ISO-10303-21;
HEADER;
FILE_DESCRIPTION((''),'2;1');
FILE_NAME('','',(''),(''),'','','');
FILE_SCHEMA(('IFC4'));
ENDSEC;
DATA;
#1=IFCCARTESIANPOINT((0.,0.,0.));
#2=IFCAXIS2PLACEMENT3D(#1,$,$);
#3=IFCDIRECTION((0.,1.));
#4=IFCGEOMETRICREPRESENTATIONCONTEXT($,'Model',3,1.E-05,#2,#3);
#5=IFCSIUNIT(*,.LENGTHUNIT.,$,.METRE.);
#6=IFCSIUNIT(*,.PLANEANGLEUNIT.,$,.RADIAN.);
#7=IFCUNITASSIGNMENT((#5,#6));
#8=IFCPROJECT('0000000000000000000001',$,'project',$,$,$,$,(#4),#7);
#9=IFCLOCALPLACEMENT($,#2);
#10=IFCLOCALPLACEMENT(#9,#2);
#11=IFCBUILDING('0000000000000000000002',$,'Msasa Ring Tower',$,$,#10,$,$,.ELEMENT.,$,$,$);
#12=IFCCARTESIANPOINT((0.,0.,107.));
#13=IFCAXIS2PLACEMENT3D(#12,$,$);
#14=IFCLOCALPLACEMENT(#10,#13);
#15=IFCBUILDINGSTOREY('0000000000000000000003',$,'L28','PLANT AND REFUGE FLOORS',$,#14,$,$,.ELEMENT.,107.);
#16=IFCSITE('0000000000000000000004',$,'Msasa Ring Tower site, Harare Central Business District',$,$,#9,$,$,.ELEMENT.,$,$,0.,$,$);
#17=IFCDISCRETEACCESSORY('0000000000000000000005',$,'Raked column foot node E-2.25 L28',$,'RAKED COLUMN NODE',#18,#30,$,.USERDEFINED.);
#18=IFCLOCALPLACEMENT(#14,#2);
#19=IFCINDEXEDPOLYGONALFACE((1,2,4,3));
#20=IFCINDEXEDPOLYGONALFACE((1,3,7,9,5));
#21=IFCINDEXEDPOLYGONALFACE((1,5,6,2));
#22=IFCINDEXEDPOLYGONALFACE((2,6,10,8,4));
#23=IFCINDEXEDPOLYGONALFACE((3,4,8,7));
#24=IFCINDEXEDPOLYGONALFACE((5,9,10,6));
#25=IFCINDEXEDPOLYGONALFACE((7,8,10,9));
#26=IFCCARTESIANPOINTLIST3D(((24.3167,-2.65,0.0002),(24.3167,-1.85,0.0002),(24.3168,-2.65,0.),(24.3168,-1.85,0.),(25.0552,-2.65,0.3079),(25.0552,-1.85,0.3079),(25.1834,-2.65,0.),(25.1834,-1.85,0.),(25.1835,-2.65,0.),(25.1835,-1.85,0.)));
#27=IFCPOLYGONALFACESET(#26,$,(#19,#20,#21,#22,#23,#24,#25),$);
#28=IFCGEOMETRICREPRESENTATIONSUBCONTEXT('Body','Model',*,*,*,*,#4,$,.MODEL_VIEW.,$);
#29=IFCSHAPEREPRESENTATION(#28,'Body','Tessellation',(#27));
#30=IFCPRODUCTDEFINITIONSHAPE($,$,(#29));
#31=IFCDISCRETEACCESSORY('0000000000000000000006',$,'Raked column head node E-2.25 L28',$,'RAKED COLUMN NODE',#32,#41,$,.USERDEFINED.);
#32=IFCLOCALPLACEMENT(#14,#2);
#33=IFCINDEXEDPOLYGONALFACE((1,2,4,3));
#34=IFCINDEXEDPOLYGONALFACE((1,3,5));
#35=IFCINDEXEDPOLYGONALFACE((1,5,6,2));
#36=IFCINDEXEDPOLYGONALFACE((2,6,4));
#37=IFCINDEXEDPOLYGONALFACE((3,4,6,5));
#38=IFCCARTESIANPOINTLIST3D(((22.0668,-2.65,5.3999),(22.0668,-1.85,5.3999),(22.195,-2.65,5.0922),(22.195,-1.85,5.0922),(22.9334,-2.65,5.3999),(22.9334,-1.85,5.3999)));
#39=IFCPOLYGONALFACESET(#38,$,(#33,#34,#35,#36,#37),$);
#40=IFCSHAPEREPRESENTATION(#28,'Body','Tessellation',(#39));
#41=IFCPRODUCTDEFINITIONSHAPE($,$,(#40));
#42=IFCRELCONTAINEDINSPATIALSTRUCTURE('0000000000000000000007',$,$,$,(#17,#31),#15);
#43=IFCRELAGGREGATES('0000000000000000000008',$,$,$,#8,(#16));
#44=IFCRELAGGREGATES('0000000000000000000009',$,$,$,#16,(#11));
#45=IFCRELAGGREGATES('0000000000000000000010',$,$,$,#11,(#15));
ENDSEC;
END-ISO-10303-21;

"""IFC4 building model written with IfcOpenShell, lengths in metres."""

from ifc_helpers import new_model, si_unit, direction, frame, origin, origin_2d, place, context, subcontext, project, spatial, rectangle, extrude, clip, halfspace, element, save


model = new_model("IFC4")

# Units and contexts
model_context = context("Model", 3, precision=1e-05, world=origin(), true_north=direction((0.0, 1.0)))
body_context = subcontext(model_context, "Body", "Model", "MODEL_VIEW")
ifc_project = project(units=[si_unit("LENGTHUNIT", "METRE"), si_unit("PLANEANGLEUNIT", "RADIAN")], contexts=[model_context])

# Site, building, storey
site_placement = place(None, origin())
site = spatial("IfcSite", under=ifc_project, at=site_placement, Name="Msasa Ring Tower site, Harare Central Business District", CompositionType="ELEMENT", RefElevation=0.0)
building_placement = place(site_placement, origin())
building = spatial("IfcBuilding", under=site, at=building_placement, Name="Msasa Ring Tower", CompositionType="ELEMENT")
storey_placement = place(building_placement, frame((0.0, 0.0, 107.0)))
storey = spatial("IfcBuildingStorey", under=building, at=storey_placement, Name="L28", Description="PLANT AND REFUGE FLOORS", CompositionType="ELEMENT", Elevation=107.0)

# Discrete accessories
discrete_accessory_1_placement = place(storey_placement, frame((24.75, -2.25, 0.0)))
element("IfcDiscreteAccessory", 1, at=discrete_accessory_1_placement, inside=storey, Name="Raked column foot node E-2.25 L28", ObjectType="RAKED COLUMN NODE", PredefinedType="USERDEFINED", context=body_context, shape_type="Clipping", body=[
    clip(extrude(rectangle(XDim=0.8, YDim=0.8, at=origin_2d()), frame((0.0642, 0.0, -0.1538), z_axis=(-0.384615, 0.0, 0.923077), x_axis=(0.0, -1.0, 0.0)), (0.0, 0.0, 1.0), 0.3335), halfspace(frame((0.0, 0.0, 0.0), z_axis=(0.0, 0.0, 1.0)), True)),
])
discrete_accessory_2_placement = place(storey_placement, frame((22.5, -2.25, 5.3999)))
element("IfcDiscreteAccessory", 2, at=discrete_accessory_2_placement, inside=storey, Name="Raked column head node E-2.25 L28", ObjectType="RAKED COLUMN NODE", PredefinedType="USERDEFINED", context=body_context, shape_type="Clipping", body=[
    clip(extrude(rectangle(XDim=0.8, YDim=0.8, at=origin_2d()), frame((0.0642, 0.0, -0.1538), z_axis=(-0.384615, 0.0, 0.923077), x_axis=(0.0, -1.0, 0.0)), (0.0, 0.0, 1.0), 0.3335), halfspace(frame((0.0, 0.0, 0.0), z_axis=(0.0, 0.0, -1.0)), True)),
])

save(model, "model.ifc")
